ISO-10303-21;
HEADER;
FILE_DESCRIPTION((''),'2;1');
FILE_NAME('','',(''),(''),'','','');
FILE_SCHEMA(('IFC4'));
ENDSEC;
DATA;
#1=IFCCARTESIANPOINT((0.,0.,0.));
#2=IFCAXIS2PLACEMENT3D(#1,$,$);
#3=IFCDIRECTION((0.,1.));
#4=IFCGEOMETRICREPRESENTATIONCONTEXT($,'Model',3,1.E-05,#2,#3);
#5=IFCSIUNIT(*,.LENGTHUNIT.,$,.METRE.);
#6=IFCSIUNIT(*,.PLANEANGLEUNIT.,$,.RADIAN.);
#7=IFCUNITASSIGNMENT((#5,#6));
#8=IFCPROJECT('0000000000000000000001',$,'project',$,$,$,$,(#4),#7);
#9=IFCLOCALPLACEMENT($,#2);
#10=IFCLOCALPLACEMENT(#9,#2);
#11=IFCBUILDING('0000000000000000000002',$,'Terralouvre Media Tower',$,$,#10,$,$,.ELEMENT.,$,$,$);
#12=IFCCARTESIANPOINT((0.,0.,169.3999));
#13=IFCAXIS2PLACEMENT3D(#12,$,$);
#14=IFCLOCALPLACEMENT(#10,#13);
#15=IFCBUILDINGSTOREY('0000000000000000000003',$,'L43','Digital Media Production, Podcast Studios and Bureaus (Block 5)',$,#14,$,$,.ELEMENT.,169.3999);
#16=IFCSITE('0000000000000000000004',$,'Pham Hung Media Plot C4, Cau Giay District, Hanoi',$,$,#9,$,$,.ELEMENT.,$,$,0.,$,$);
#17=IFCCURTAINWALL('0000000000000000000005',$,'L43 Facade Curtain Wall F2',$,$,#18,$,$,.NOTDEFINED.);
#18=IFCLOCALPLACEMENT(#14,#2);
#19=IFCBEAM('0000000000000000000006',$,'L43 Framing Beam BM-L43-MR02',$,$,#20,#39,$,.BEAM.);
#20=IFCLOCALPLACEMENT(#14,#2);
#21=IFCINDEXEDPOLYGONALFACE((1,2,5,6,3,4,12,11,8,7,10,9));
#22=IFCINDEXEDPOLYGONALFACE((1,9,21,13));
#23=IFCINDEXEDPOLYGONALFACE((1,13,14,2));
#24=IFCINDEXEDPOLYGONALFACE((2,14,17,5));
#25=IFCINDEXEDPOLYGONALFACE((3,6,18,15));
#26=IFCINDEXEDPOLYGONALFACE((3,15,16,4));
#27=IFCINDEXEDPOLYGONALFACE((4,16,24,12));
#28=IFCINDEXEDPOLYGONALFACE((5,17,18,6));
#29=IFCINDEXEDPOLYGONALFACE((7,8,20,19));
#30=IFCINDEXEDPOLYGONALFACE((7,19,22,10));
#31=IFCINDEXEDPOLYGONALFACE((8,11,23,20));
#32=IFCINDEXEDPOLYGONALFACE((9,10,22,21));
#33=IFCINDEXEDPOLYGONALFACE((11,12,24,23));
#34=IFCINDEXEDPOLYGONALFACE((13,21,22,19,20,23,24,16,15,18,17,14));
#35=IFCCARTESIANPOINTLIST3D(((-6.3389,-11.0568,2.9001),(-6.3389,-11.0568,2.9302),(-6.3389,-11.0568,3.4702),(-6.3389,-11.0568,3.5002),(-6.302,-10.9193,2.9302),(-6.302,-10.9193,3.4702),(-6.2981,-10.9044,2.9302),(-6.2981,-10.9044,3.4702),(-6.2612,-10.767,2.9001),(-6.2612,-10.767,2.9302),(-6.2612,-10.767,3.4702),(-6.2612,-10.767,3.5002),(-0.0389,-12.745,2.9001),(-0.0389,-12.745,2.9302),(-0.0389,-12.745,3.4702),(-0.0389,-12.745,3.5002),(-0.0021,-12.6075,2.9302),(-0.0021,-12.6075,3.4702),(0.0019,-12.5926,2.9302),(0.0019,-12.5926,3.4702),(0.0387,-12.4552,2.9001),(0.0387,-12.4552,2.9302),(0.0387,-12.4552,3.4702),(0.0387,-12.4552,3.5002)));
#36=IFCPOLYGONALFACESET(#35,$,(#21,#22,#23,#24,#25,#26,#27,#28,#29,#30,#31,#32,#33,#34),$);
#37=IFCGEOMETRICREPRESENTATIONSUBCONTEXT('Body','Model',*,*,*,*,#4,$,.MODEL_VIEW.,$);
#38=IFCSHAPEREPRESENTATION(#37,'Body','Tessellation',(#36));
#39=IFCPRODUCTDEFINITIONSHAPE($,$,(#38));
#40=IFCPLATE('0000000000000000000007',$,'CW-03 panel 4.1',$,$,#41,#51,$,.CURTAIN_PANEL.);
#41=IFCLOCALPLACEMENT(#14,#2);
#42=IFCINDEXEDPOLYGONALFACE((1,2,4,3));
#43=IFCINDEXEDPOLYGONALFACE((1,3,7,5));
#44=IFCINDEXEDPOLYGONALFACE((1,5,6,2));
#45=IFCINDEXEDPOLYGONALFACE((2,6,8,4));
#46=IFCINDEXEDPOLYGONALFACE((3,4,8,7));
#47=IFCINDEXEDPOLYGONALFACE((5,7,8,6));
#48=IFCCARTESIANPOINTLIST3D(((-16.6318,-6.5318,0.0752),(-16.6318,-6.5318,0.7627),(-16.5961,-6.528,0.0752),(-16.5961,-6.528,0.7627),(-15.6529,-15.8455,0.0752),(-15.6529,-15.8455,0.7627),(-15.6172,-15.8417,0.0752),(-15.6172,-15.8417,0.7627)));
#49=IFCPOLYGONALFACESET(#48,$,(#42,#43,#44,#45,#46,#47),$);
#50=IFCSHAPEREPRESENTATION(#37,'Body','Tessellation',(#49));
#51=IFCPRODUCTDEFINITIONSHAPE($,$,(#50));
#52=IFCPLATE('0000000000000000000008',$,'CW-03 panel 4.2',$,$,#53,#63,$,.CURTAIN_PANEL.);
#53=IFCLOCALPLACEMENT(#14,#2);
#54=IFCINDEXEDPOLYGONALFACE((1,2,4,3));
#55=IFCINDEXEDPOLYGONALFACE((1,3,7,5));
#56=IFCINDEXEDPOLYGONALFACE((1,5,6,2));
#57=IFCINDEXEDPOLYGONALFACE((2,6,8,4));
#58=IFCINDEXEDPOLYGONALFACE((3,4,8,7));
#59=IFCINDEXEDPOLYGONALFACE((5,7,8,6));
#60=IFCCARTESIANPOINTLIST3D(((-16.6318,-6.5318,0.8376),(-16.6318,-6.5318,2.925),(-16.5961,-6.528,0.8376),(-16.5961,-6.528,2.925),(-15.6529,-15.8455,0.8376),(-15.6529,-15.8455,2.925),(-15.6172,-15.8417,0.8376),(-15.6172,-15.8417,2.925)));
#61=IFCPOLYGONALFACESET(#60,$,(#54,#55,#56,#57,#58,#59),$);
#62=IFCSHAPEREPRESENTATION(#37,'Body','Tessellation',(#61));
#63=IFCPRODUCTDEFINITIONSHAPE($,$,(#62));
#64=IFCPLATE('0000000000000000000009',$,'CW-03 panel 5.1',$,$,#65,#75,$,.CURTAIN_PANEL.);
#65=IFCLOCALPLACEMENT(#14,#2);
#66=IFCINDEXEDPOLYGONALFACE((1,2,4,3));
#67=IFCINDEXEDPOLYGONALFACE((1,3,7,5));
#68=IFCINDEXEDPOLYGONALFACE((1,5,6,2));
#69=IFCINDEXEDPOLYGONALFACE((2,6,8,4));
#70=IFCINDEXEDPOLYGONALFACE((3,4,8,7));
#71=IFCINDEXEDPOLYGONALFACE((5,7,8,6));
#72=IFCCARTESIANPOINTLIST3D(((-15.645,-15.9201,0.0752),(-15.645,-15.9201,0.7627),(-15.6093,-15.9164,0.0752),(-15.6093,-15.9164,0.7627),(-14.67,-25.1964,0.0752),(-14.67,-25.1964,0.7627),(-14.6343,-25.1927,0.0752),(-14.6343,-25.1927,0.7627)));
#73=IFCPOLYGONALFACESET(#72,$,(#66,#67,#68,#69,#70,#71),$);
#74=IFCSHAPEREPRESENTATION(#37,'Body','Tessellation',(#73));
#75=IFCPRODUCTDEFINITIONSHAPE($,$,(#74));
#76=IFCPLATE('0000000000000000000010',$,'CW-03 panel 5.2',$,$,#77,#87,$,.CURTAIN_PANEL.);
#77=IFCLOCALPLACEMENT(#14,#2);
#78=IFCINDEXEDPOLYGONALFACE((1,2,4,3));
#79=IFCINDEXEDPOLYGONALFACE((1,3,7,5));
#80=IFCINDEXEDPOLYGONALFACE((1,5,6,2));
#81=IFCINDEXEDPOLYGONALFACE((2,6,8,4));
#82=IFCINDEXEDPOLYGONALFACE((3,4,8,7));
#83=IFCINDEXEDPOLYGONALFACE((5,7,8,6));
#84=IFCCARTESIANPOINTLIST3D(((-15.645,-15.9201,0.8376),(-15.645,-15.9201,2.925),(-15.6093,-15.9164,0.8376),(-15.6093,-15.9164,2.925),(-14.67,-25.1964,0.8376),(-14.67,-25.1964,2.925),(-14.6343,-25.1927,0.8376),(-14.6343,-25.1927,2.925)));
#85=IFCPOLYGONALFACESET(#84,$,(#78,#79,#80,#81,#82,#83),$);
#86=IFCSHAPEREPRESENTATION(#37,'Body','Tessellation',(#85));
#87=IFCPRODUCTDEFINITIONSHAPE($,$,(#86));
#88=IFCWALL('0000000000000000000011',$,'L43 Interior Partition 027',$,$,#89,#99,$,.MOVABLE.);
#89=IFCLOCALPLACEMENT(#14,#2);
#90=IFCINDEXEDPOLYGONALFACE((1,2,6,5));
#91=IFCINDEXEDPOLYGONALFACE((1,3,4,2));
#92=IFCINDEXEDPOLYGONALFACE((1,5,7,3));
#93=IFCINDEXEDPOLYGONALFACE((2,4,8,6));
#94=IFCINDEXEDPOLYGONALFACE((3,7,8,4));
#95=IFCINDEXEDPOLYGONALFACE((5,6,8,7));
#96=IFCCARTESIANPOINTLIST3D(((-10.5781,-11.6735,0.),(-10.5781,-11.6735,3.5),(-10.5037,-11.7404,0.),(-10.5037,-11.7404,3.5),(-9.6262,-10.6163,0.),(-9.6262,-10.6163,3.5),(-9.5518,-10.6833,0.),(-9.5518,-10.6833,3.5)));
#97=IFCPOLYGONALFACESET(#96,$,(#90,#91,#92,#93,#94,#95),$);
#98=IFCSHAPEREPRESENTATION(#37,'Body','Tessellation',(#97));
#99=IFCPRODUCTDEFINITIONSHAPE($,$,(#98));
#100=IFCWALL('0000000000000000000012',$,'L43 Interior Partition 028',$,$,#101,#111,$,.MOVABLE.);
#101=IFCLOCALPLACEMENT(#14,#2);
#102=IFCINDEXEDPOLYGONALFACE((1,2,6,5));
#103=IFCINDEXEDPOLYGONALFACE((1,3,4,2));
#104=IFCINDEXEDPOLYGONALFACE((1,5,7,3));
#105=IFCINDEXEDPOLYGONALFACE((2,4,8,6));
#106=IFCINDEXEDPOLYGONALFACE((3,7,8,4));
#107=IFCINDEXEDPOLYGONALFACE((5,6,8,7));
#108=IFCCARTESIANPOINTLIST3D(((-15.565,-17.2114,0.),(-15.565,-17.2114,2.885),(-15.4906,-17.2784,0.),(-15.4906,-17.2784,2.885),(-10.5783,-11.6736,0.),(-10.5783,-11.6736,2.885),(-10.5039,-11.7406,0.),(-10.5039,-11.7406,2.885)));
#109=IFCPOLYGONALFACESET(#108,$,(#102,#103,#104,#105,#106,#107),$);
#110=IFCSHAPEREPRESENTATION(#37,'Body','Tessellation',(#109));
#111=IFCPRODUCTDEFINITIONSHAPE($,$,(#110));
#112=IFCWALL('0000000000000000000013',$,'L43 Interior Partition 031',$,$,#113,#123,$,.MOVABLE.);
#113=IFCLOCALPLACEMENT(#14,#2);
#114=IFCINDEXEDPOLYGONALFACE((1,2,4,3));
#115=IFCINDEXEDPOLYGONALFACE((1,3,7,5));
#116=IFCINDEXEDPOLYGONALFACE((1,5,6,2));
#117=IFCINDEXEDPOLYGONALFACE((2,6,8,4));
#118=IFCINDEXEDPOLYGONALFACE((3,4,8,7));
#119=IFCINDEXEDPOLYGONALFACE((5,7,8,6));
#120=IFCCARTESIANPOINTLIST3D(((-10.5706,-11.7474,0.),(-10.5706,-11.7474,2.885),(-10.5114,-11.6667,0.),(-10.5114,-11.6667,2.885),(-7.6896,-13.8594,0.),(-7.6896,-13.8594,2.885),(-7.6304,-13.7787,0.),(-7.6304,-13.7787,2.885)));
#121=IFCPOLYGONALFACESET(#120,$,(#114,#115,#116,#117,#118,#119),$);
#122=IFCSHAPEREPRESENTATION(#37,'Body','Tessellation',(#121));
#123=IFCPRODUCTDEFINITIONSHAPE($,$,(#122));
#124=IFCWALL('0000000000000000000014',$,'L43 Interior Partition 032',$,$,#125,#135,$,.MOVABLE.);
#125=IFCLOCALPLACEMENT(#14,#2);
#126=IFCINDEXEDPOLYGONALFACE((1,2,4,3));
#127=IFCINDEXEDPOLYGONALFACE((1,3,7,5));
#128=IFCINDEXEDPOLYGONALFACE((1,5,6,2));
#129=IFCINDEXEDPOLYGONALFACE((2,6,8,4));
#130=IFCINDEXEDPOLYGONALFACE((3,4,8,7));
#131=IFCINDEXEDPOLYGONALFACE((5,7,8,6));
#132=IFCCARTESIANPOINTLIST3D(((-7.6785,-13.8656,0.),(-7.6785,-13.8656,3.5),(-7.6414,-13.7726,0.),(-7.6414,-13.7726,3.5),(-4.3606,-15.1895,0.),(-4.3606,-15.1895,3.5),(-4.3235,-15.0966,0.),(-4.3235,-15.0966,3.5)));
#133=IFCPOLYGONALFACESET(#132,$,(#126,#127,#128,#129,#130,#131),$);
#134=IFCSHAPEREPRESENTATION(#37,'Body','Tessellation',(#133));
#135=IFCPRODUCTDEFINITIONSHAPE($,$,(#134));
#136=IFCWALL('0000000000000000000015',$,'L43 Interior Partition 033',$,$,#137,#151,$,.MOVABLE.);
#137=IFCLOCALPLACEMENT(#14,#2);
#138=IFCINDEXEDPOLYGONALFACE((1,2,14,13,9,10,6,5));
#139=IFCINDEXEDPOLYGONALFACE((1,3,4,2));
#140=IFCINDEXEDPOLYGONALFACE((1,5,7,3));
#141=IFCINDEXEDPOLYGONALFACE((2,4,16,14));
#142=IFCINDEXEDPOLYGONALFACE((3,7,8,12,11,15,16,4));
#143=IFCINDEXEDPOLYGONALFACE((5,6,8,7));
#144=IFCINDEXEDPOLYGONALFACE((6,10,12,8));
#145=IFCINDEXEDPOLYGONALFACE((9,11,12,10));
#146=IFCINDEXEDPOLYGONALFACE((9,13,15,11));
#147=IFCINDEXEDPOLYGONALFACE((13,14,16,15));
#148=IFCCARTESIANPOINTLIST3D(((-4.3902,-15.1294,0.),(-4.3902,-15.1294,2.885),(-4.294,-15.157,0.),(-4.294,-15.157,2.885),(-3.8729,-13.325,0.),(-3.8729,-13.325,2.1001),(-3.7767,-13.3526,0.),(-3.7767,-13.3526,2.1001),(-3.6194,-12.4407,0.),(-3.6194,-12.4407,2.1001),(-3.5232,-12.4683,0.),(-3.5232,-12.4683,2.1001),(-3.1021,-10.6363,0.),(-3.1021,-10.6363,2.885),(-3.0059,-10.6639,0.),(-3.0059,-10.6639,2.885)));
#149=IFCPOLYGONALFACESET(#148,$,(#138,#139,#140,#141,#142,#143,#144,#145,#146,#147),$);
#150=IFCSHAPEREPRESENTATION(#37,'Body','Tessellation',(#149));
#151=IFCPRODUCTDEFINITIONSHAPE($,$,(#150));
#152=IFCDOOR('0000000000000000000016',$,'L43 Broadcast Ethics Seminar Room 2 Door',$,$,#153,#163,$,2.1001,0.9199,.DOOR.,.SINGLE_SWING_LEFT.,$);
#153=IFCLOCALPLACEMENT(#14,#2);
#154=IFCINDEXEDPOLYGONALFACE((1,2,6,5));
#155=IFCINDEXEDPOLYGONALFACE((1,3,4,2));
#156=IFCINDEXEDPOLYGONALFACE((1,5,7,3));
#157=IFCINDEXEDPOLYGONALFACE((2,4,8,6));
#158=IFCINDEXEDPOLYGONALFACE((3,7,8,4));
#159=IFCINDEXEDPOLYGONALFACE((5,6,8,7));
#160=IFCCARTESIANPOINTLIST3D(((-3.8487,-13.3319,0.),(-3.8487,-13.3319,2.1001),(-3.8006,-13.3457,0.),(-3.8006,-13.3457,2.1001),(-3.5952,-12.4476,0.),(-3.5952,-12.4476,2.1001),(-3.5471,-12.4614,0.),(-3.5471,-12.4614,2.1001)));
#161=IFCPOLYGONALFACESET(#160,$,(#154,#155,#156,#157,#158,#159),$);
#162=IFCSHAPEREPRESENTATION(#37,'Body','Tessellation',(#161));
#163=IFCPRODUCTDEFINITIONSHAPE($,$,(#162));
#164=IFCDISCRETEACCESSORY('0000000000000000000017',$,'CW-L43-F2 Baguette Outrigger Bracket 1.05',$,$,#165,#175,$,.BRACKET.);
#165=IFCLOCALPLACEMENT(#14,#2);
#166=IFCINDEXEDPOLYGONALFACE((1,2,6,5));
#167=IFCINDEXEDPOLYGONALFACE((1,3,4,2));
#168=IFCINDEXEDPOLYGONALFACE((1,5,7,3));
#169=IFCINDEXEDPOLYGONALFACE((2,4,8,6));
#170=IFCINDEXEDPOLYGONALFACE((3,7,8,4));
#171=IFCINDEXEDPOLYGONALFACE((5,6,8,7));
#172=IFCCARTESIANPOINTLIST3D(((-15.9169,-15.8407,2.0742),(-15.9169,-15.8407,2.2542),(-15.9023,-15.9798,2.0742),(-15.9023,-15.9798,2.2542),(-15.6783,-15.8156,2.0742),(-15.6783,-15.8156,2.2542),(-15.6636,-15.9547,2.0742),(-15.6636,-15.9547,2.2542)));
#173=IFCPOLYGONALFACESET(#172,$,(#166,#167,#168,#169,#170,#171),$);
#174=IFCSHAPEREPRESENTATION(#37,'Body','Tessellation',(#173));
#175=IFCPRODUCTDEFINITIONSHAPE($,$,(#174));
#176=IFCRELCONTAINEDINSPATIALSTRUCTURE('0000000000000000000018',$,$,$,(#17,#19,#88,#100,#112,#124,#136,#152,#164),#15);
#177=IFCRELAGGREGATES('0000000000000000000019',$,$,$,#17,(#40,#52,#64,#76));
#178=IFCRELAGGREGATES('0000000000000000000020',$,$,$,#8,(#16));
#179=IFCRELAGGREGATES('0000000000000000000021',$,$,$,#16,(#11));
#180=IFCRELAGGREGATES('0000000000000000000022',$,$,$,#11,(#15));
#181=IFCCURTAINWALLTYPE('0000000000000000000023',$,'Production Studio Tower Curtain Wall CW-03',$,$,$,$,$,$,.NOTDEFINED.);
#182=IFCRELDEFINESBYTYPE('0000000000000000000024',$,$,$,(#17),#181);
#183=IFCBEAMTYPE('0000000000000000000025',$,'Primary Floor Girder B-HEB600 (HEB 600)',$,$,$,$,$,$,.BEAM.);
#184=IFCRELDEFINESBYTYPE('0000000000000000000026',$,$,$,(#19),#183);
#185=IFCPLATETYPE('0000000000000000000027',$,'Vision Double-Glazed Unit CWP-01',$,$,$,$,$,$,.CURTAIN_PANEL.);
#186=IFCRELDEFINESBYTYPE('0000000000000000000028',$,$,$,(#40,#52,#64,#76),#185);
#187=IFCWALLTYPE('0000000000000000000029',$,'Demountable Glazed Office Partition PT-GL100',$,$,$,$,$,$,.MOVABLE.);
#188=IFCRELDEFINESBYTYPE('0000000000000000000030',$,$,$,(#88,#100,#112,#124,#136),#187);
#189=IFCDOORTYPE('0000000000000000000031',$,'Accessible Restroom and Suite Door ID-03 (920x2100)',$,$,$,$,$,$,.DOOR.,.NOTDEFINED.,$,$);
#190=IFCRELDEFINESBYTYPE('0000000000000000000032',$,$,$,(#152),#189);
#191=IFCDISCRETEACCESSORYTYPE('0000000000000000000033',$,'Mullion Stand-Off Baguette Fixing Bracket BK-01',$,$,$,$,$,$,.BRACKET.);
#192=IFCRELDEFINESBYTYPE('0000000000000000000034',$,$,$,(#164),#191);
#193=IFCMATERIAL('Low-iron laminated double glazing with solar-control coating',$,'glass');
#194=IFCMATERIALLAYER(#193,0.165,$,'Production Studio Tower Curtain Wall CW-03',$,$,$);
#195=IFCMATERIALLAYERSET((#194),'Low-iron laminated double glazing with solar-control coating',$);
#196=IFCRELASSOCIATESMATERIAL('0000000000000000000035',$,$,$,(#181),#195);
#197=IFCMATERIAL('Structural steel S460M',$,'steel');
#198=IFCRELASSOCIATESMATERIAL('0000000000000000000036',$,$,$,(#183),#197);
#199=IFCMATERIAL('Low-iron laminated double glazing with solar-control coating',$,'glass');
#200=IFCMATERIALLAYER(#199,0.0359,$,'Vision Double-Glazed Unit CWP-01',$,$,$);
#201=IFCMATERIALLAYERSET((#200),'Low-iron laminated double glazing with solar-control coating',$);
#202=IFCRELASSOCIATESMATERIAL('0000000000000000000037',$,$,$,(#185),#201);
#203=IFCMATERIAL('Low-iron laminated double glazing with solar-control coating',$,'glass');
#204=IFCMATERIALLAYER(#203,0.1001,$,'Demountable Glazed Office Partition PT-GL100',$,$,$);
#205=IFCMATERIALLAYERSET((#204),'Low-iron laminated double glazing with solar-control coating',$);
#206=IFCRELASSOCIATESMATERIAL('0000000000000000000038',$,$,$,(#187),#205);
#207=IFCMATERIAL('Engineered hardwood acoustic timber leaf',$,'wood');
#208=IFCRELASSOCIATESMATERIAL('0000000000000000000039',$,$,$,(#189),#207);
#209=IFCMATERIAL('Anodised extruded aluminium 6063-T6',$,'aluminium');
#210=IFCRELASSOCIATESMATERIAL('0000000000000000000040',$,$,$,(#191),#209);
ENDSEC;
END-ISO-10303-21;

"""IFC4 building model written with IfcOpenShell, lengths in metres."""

from ifc_helpers import new_model, si_unit, direction, frame, frame_2d, origin, origin_2d, place, context, subcontext, project, spatial, rectangle, i_section, extrude, material, layer, layer_set, material_profile, profile_set, type_object, element, fill, aggregate, save


model = new_model("IFC4")

# Units and contexts
model_context = context("Model", 3, precision=1e-05, world=origin(), true_north=direction((0.0, 1.0)))
body_context = subcontext(model_context, "Body", "Model", "MODEL_VIEW")
ifc_project = project(units=[si_unit("LENGTHUNIT", "METRE"), si_unit("PLANEANGLEUNIT", "RADIAN")], contexts=[model_context])

# Site, building, storey
site_placement = place(None, origin())
site = spatial("IfcSite", under=ifc_project, at=site_placement, Name="Pham Hung Media Plot C4, Cau Giay District, Hanoi", CompositionType="ELEMENT", RefElevation=0.0)
building_placement = place(site_placement, origin())
building = spatial("IfcBuilding", under=site, at=building_placement, Name="Terralouvre Media Tower", CompositionType="ELEMENT")
storey_placement = place(building_placement, frame((0.0, 0.0, 169.3999)))
storey = spatial("IfcBuildingStorey", under=building, at=storey_placement, Name="L43", Description="Digital Media Production, Podcast Studios and Bureaus (Block 5)", CompositionType="ELEMENT", Elevation=169.3999)

# Curtain wall
ifc_material_1 = material(Name="Low-iron laminated double glazing with solar-control coating", Category="glass")
ifc_layer_1 = layer(ifc_material_1, 0.165, Name="Production Studio Tower Curtain Wall CW-03")
ifc_layer_set_1 = layer_set([ifc_layer_1], Name="Low-iron laminated double glazing with solar-control coating")
curtain_wall_type = type_object("IfcCurtainWallType", Name="Production Studio Tower Curtain Wall CW-03", PredefinedType="NOTDEFINED", material=ifc_layer_set_1)
curtain_wall_1_placement = place(storey_placement, origin())
curtain_wall_1 = element("IfcCurtainWall", 1, at=curtain_wall_1_placement, inside=storey, type_object=curtain_wall_type, Name="L43 Facade Curtain Wall F2", PredefinedType="NOTDEFINED")

# Beam
ifc_material_2 = material(Name="Structural steel S460M", Category="steel")
ifc_material_profile_1 = material_profile(ifc_material_2, i_section(OverallWidth=0.3, OverallDepth=0.6001, WebThickness=0.0154, FlangeThickness=0.03, at=origin_2d()), Name="HEB 600")
ifc_profile_set_1 = profile_set([ifc_material_profile_1], Name="Structural steel S460M")
beam_type_1 = type_object("IfcBeamType", Name="Primary Floor Girder B-HEB600 (HEB 600)", PredefinedType="BEAM", material=ifc_profile_set_1)
beam_1_placement = place(storey_placement, frame((-6.3, -10.9119, 3.2002), z_axis=(0.96592, -0.258839, 0.0), x_axis=(0.258839, 0.96592, 0.0)))
element("IfcBeam", 2, at=beam_1_placement, inside=storey, type_object=beam_type_1, Name="L43 Framing Beam BM-L43-MR02", PredefinedType="BEAM", context=body_context, shape_type="SweptSolid", body=[
    extrude(i_section(OverallWidth=0.3, OverallDepth=0.6001, WebThickness=0.0154, FlangeThickness=0.03, at=origin_2d()), origin(), (0.0, 0.0, 1.0), 6.5222),
])

# Plates
ifc_material_3 = material(Name="Low-iron laminated double glazing with solar-control coating", Category="glass")
ifc_layer_2 = layer(ifc_material_3, 0.0359, Name="Vision Double-Glazed Unit CWP-01")
ifc_layer_set_2 = layer_set([ifc_layer_2], Name="Low-iron laminated double glazing with solar-control coating")
plate_type = type_object("IfcPlateType", Name="Vision Double-Glazed Unit CWP-01", PredefinedType="CURTAIN_PANEL", material=ifc_layer_set_2)
plate_1_placement = place(storey_placement, frame((-16.1245, -11.1868, 0.0752), z_axis=(0.0, 0.0, 1.0), x_axis=(0.104528, -0.994522, 0.0)))
plate_1 = element("IfcPlate", 3, at=plate_1_placement, type_object=plate_type, Name="CW-03 panel 4.1", PredefinedType="CURTAIN_PANEL", context=body_context, shape_type="SweptSolid", body=[
    extrude(rectangle(XDim=9.365, YDim=0.0359, at=origin_2d()), origin(), (0.0, 0.0, 1.0), 0.6875),
])
plate_2_placement = place(storey_placement, frame((-16.1245, -11.1868, 0.8376), z_axis=(0.0, 0.0, 1.0), x_axis=(0.104528, -0.994522, 0.0)))
plate_2 = element("IfcPlate", 4, at=plate_2_placement, type_object=plate_type, Name="CW-03 panel 4.2", PredefinedType="CURTAIN_PANEL", context=body_context, shape_type="SweptSolid", body=[
    extrude(rectangle(XDim=9.365, YDim=0.0359, at=origin_2d()), origin(), (0.0, 0.0, 1.0), 2.0874),
])
plate_3_placement = place(storey_placement, frame((-15.1396, -20.5564, 0.0752), z_axis=(0.0, 0.0, 1.0), x_axis=(0.104528, -0.994522, 0.0)))
plate_3 = element("IfcPlate", 5, at=plate_3_placement, type_object=plate_type, Name="CW-03 panel 5.1", PredefinedType="CURTAIN_PANEL", context=body_context, shape_type="SweptSolid", body=[
    extrude(rectangle(XDim=9.3274, YDim=0.0359, at=origin_2d()), origin(), (0.0, 0.0, 1.0), 0.6875),
])
plate_4_placement = place(storey_placement, frame((-15.1396, -20.5564, 0.8376), z_axis=(0.0, 0.0, 1.0), x_axis=(0.104528, -0.994522, 0.0)))
plate_4 = element("IfcPlate", 6, at=plate_4_placement, type_object=plate_type, Name="CW-03 panel 5.2", PredefinedType="CURTAIN_PANEL", context=body_context, shape_type="SweptSolid", body=[
    extrude(rectangle(XDim=9.3274, YDim=0.0359, at=origin_2d()), origin(), (0.0, 0.0, 1.0), 2.0874),
])
aggregate(curtain_wall_1, [plate_1, plate_2, plate_3, plate_4])

# Walls
ifc_material_4 = material(Name="Low-iron laminated double glazing with solar-control coating", Category="glass")
ifc_layer_3 = layer(ifc_material_4, 0.1001, Name="Demountable Glazed Office Partition PT-GL100")
ifc_layer_set_3 = layer_set([ifc_layer_3], Name="Low-iron laminated double glazing with solar-control coating")
wall_type = type_object("IfcWallType", Name="Demountable Glazed Office Partition PT-GL100", PredefinedType="MOVABLE", material=ifc_layer_set_3)
wall_1_placement = place(storey_placement, frame((-10.541, -11.707, 0.0), z_axis=(0.0, 0.0, 1.0), x_axis=(0.669154, 0.743123, 0.0)))
element("IfcWall", 7, at=wall_1_placement, inside=storey, type_object=wall_type, Name="L43 Interior Partition 027", PredefinedType="MOVABLE", context=body_context, shape_type="SweptSolid", body=[
    extrude(rectangle(XDim=1.4226, YDim=0.1001, at=frame_2d((0.7114, 0.0))), origin(), (0.0, 0.0, 1.0), 3.5),
])
wall_2_placement = place(storey_placement, frame((-15.5278, -17.2449, 0.0), z_axis=(0.0, 0.0, 1.0), x_axis=(0.669169, 0.74311, 0.0)))
element("IfcWall", 8, at=wall_2_placement, inside=storey, type_object=wall_type, Name="L43 Interior Partition 028", PredefinedType="MOVABLE", context=body_context, shape_type="SweptSolid", body=[
    extrude(rectangle(XDim=7.4521, YDim=0.1001, at=frame_2d((3.7261, 0.0))), origin(), (0.0, 0.0, 1.0), 2.885),
])
wall_3_placement = place(storey_placement, frame((-10.541, -11.707, 0.0), z_axis=(0.0, 0.0, 1.0), x_axis=(0.806505, -0.591227, 0.0)))
element("IfcWall", 9, at=wall_3_placement, inside=storey, type_object=wall_type, Name="L43 Interior Partition 031", PredefinedType="MOVABLE", context=body_context, shape_type="SweptSolid", body=[
    extrude(rectangle(XDim=3.5723, YDim=0.1001, at=frame_2d((1.7861, 0.0))), origin(), (0.0, 0.0, 1.0), 2.885),
])
wall_4_placement = place(storey_placement, frame((-7.6599, -13.8191, 0.0), z_axis=(0.0, 0.0, 1.0), x_axis=(0.928783, -0.370625, 0.0)))
element("IfcWall", 10, at=wall_4_placement, inside=storey, type_object=wall_type, Name="L43 Interior Partition 032", PredefinedType="MOVABLE", context=body_context, shape_type="SweptSolid", body=[
    extrude(rectangle(XDim=3.5723, YDim=0.1001, at=frame_2d((1.7861, 0.0))), origin(), (0.0, 0.0, 1.0), 3.5),
])

# Wall, opening, door
wall_5_placement = place(storey_placement, frame((-4.342, -15.1431, 0.0), z_axis=(0.0, 0.0, 1.0), x_axis=(0.275576, 0.961279, 0.0)))
wall_5 = element("IfcWall", 11, at=wall_5_placement, inside=storey, type_object=wall_type, Name="L43 Interior Partition 033", PredefinedType="MOVABLE", context=body_context, shape_type="SweptSolid", body=[
    extrude(rectangle(XDim=4.6741, YDim=0.1001, at=frame_2d((2.3369, 0.0))), origin(), (0.0, 0.0, 1.0), 2.885),
])
opening_placement = place(wall_5_placement, frame((1.877, 0.0, 0.0)))
opening = element("IfcOpeningElement", 12, at=opening_placement, cuts=wall_5, PredefinedType="OPENING", context=body_context, shape_type="SweptSolid", body=[
    extrude(rectangle(XDim=0.9199, YDim=2.1001, at=frame_2d((0.46, 1.05))), frame((0.0, 0.0601, 0.0), z_axis=(0.0, -1.0, 0.0), x_axis=(1.0, 0.0, 0.0)), (0.0, 0.0, 1.0), 0.1201),
])
ifc_material_5 = material(Name="Engineered hardwood acoustic timber leaf", Category="wood")
door_type = type_object("IfcDoorType", Name="Accessible Restroom and Suite Door ID-03 (920x2100)", OperationType="NOTDEFINED", PredefinedType="DOOR", material=ifc_material_5)
door_placement = place(opening_placement, origin())
door = element("IfcDoor", 13, at=door_placement, inside=storey, type_object=door_type, Name="L43 Broadcast Ethics Seminar Room 2 Door", OperationType="SINGLE_SWING_LEFT", OverallHeight=2.1001, OverallWidth=0.9199, PredefinedType="DOOR", context=body_context, shape_type="SweptSolid", body=[
    extrude(rectangle(XDim=0.9199, YDim=2.1001, at=frame_2d((0.46, 1.05))), frame((0.0, 0.0249, 0.0), z_axis=(0.0, -1.0, 0.0), x_axis=(1.0, 0.0, 0.0)), (0.0, 0.0, 1.0), 0.05),
])
fill(opening, door)

# Discrete accessory
ifc_material_6 = material(Name="Anodised extruded aluminium 6063-T6", Category="aluminium")
discrete_accessory_type = type_object("IfcDiscreteAccessoryType", Name="Mullion Stand-Off Baguette Fixing Bracket BK-01", PredefinedType="BRACKET", material=ifc_material_6)
discrete_accessory_placement = place(storey_placement, frame((-15.7903, -15.8977, 2.0742), z_axis=(0.0, 0.0, 1.0), x_axis=(0.104528, -0.994522, 0.0)))
element("IfcDiscreteAccessory", 14, at=discrete_accessory_placement, inside=storey, type_object=discrete_accessory_type, Name="CW-L43-F2 Baguette Outrigger Bracket 1.05", PredefinedType="BRACKET", context=body_context, shape_type="SweptSolid", body=[
    extrude(rectangle(XDim=0.1399, YDim=0.24, at=origin_2d()), origin(), (0.0, 0.0, 1.0), 0.1799),
])

save(model, "model.ifc")
